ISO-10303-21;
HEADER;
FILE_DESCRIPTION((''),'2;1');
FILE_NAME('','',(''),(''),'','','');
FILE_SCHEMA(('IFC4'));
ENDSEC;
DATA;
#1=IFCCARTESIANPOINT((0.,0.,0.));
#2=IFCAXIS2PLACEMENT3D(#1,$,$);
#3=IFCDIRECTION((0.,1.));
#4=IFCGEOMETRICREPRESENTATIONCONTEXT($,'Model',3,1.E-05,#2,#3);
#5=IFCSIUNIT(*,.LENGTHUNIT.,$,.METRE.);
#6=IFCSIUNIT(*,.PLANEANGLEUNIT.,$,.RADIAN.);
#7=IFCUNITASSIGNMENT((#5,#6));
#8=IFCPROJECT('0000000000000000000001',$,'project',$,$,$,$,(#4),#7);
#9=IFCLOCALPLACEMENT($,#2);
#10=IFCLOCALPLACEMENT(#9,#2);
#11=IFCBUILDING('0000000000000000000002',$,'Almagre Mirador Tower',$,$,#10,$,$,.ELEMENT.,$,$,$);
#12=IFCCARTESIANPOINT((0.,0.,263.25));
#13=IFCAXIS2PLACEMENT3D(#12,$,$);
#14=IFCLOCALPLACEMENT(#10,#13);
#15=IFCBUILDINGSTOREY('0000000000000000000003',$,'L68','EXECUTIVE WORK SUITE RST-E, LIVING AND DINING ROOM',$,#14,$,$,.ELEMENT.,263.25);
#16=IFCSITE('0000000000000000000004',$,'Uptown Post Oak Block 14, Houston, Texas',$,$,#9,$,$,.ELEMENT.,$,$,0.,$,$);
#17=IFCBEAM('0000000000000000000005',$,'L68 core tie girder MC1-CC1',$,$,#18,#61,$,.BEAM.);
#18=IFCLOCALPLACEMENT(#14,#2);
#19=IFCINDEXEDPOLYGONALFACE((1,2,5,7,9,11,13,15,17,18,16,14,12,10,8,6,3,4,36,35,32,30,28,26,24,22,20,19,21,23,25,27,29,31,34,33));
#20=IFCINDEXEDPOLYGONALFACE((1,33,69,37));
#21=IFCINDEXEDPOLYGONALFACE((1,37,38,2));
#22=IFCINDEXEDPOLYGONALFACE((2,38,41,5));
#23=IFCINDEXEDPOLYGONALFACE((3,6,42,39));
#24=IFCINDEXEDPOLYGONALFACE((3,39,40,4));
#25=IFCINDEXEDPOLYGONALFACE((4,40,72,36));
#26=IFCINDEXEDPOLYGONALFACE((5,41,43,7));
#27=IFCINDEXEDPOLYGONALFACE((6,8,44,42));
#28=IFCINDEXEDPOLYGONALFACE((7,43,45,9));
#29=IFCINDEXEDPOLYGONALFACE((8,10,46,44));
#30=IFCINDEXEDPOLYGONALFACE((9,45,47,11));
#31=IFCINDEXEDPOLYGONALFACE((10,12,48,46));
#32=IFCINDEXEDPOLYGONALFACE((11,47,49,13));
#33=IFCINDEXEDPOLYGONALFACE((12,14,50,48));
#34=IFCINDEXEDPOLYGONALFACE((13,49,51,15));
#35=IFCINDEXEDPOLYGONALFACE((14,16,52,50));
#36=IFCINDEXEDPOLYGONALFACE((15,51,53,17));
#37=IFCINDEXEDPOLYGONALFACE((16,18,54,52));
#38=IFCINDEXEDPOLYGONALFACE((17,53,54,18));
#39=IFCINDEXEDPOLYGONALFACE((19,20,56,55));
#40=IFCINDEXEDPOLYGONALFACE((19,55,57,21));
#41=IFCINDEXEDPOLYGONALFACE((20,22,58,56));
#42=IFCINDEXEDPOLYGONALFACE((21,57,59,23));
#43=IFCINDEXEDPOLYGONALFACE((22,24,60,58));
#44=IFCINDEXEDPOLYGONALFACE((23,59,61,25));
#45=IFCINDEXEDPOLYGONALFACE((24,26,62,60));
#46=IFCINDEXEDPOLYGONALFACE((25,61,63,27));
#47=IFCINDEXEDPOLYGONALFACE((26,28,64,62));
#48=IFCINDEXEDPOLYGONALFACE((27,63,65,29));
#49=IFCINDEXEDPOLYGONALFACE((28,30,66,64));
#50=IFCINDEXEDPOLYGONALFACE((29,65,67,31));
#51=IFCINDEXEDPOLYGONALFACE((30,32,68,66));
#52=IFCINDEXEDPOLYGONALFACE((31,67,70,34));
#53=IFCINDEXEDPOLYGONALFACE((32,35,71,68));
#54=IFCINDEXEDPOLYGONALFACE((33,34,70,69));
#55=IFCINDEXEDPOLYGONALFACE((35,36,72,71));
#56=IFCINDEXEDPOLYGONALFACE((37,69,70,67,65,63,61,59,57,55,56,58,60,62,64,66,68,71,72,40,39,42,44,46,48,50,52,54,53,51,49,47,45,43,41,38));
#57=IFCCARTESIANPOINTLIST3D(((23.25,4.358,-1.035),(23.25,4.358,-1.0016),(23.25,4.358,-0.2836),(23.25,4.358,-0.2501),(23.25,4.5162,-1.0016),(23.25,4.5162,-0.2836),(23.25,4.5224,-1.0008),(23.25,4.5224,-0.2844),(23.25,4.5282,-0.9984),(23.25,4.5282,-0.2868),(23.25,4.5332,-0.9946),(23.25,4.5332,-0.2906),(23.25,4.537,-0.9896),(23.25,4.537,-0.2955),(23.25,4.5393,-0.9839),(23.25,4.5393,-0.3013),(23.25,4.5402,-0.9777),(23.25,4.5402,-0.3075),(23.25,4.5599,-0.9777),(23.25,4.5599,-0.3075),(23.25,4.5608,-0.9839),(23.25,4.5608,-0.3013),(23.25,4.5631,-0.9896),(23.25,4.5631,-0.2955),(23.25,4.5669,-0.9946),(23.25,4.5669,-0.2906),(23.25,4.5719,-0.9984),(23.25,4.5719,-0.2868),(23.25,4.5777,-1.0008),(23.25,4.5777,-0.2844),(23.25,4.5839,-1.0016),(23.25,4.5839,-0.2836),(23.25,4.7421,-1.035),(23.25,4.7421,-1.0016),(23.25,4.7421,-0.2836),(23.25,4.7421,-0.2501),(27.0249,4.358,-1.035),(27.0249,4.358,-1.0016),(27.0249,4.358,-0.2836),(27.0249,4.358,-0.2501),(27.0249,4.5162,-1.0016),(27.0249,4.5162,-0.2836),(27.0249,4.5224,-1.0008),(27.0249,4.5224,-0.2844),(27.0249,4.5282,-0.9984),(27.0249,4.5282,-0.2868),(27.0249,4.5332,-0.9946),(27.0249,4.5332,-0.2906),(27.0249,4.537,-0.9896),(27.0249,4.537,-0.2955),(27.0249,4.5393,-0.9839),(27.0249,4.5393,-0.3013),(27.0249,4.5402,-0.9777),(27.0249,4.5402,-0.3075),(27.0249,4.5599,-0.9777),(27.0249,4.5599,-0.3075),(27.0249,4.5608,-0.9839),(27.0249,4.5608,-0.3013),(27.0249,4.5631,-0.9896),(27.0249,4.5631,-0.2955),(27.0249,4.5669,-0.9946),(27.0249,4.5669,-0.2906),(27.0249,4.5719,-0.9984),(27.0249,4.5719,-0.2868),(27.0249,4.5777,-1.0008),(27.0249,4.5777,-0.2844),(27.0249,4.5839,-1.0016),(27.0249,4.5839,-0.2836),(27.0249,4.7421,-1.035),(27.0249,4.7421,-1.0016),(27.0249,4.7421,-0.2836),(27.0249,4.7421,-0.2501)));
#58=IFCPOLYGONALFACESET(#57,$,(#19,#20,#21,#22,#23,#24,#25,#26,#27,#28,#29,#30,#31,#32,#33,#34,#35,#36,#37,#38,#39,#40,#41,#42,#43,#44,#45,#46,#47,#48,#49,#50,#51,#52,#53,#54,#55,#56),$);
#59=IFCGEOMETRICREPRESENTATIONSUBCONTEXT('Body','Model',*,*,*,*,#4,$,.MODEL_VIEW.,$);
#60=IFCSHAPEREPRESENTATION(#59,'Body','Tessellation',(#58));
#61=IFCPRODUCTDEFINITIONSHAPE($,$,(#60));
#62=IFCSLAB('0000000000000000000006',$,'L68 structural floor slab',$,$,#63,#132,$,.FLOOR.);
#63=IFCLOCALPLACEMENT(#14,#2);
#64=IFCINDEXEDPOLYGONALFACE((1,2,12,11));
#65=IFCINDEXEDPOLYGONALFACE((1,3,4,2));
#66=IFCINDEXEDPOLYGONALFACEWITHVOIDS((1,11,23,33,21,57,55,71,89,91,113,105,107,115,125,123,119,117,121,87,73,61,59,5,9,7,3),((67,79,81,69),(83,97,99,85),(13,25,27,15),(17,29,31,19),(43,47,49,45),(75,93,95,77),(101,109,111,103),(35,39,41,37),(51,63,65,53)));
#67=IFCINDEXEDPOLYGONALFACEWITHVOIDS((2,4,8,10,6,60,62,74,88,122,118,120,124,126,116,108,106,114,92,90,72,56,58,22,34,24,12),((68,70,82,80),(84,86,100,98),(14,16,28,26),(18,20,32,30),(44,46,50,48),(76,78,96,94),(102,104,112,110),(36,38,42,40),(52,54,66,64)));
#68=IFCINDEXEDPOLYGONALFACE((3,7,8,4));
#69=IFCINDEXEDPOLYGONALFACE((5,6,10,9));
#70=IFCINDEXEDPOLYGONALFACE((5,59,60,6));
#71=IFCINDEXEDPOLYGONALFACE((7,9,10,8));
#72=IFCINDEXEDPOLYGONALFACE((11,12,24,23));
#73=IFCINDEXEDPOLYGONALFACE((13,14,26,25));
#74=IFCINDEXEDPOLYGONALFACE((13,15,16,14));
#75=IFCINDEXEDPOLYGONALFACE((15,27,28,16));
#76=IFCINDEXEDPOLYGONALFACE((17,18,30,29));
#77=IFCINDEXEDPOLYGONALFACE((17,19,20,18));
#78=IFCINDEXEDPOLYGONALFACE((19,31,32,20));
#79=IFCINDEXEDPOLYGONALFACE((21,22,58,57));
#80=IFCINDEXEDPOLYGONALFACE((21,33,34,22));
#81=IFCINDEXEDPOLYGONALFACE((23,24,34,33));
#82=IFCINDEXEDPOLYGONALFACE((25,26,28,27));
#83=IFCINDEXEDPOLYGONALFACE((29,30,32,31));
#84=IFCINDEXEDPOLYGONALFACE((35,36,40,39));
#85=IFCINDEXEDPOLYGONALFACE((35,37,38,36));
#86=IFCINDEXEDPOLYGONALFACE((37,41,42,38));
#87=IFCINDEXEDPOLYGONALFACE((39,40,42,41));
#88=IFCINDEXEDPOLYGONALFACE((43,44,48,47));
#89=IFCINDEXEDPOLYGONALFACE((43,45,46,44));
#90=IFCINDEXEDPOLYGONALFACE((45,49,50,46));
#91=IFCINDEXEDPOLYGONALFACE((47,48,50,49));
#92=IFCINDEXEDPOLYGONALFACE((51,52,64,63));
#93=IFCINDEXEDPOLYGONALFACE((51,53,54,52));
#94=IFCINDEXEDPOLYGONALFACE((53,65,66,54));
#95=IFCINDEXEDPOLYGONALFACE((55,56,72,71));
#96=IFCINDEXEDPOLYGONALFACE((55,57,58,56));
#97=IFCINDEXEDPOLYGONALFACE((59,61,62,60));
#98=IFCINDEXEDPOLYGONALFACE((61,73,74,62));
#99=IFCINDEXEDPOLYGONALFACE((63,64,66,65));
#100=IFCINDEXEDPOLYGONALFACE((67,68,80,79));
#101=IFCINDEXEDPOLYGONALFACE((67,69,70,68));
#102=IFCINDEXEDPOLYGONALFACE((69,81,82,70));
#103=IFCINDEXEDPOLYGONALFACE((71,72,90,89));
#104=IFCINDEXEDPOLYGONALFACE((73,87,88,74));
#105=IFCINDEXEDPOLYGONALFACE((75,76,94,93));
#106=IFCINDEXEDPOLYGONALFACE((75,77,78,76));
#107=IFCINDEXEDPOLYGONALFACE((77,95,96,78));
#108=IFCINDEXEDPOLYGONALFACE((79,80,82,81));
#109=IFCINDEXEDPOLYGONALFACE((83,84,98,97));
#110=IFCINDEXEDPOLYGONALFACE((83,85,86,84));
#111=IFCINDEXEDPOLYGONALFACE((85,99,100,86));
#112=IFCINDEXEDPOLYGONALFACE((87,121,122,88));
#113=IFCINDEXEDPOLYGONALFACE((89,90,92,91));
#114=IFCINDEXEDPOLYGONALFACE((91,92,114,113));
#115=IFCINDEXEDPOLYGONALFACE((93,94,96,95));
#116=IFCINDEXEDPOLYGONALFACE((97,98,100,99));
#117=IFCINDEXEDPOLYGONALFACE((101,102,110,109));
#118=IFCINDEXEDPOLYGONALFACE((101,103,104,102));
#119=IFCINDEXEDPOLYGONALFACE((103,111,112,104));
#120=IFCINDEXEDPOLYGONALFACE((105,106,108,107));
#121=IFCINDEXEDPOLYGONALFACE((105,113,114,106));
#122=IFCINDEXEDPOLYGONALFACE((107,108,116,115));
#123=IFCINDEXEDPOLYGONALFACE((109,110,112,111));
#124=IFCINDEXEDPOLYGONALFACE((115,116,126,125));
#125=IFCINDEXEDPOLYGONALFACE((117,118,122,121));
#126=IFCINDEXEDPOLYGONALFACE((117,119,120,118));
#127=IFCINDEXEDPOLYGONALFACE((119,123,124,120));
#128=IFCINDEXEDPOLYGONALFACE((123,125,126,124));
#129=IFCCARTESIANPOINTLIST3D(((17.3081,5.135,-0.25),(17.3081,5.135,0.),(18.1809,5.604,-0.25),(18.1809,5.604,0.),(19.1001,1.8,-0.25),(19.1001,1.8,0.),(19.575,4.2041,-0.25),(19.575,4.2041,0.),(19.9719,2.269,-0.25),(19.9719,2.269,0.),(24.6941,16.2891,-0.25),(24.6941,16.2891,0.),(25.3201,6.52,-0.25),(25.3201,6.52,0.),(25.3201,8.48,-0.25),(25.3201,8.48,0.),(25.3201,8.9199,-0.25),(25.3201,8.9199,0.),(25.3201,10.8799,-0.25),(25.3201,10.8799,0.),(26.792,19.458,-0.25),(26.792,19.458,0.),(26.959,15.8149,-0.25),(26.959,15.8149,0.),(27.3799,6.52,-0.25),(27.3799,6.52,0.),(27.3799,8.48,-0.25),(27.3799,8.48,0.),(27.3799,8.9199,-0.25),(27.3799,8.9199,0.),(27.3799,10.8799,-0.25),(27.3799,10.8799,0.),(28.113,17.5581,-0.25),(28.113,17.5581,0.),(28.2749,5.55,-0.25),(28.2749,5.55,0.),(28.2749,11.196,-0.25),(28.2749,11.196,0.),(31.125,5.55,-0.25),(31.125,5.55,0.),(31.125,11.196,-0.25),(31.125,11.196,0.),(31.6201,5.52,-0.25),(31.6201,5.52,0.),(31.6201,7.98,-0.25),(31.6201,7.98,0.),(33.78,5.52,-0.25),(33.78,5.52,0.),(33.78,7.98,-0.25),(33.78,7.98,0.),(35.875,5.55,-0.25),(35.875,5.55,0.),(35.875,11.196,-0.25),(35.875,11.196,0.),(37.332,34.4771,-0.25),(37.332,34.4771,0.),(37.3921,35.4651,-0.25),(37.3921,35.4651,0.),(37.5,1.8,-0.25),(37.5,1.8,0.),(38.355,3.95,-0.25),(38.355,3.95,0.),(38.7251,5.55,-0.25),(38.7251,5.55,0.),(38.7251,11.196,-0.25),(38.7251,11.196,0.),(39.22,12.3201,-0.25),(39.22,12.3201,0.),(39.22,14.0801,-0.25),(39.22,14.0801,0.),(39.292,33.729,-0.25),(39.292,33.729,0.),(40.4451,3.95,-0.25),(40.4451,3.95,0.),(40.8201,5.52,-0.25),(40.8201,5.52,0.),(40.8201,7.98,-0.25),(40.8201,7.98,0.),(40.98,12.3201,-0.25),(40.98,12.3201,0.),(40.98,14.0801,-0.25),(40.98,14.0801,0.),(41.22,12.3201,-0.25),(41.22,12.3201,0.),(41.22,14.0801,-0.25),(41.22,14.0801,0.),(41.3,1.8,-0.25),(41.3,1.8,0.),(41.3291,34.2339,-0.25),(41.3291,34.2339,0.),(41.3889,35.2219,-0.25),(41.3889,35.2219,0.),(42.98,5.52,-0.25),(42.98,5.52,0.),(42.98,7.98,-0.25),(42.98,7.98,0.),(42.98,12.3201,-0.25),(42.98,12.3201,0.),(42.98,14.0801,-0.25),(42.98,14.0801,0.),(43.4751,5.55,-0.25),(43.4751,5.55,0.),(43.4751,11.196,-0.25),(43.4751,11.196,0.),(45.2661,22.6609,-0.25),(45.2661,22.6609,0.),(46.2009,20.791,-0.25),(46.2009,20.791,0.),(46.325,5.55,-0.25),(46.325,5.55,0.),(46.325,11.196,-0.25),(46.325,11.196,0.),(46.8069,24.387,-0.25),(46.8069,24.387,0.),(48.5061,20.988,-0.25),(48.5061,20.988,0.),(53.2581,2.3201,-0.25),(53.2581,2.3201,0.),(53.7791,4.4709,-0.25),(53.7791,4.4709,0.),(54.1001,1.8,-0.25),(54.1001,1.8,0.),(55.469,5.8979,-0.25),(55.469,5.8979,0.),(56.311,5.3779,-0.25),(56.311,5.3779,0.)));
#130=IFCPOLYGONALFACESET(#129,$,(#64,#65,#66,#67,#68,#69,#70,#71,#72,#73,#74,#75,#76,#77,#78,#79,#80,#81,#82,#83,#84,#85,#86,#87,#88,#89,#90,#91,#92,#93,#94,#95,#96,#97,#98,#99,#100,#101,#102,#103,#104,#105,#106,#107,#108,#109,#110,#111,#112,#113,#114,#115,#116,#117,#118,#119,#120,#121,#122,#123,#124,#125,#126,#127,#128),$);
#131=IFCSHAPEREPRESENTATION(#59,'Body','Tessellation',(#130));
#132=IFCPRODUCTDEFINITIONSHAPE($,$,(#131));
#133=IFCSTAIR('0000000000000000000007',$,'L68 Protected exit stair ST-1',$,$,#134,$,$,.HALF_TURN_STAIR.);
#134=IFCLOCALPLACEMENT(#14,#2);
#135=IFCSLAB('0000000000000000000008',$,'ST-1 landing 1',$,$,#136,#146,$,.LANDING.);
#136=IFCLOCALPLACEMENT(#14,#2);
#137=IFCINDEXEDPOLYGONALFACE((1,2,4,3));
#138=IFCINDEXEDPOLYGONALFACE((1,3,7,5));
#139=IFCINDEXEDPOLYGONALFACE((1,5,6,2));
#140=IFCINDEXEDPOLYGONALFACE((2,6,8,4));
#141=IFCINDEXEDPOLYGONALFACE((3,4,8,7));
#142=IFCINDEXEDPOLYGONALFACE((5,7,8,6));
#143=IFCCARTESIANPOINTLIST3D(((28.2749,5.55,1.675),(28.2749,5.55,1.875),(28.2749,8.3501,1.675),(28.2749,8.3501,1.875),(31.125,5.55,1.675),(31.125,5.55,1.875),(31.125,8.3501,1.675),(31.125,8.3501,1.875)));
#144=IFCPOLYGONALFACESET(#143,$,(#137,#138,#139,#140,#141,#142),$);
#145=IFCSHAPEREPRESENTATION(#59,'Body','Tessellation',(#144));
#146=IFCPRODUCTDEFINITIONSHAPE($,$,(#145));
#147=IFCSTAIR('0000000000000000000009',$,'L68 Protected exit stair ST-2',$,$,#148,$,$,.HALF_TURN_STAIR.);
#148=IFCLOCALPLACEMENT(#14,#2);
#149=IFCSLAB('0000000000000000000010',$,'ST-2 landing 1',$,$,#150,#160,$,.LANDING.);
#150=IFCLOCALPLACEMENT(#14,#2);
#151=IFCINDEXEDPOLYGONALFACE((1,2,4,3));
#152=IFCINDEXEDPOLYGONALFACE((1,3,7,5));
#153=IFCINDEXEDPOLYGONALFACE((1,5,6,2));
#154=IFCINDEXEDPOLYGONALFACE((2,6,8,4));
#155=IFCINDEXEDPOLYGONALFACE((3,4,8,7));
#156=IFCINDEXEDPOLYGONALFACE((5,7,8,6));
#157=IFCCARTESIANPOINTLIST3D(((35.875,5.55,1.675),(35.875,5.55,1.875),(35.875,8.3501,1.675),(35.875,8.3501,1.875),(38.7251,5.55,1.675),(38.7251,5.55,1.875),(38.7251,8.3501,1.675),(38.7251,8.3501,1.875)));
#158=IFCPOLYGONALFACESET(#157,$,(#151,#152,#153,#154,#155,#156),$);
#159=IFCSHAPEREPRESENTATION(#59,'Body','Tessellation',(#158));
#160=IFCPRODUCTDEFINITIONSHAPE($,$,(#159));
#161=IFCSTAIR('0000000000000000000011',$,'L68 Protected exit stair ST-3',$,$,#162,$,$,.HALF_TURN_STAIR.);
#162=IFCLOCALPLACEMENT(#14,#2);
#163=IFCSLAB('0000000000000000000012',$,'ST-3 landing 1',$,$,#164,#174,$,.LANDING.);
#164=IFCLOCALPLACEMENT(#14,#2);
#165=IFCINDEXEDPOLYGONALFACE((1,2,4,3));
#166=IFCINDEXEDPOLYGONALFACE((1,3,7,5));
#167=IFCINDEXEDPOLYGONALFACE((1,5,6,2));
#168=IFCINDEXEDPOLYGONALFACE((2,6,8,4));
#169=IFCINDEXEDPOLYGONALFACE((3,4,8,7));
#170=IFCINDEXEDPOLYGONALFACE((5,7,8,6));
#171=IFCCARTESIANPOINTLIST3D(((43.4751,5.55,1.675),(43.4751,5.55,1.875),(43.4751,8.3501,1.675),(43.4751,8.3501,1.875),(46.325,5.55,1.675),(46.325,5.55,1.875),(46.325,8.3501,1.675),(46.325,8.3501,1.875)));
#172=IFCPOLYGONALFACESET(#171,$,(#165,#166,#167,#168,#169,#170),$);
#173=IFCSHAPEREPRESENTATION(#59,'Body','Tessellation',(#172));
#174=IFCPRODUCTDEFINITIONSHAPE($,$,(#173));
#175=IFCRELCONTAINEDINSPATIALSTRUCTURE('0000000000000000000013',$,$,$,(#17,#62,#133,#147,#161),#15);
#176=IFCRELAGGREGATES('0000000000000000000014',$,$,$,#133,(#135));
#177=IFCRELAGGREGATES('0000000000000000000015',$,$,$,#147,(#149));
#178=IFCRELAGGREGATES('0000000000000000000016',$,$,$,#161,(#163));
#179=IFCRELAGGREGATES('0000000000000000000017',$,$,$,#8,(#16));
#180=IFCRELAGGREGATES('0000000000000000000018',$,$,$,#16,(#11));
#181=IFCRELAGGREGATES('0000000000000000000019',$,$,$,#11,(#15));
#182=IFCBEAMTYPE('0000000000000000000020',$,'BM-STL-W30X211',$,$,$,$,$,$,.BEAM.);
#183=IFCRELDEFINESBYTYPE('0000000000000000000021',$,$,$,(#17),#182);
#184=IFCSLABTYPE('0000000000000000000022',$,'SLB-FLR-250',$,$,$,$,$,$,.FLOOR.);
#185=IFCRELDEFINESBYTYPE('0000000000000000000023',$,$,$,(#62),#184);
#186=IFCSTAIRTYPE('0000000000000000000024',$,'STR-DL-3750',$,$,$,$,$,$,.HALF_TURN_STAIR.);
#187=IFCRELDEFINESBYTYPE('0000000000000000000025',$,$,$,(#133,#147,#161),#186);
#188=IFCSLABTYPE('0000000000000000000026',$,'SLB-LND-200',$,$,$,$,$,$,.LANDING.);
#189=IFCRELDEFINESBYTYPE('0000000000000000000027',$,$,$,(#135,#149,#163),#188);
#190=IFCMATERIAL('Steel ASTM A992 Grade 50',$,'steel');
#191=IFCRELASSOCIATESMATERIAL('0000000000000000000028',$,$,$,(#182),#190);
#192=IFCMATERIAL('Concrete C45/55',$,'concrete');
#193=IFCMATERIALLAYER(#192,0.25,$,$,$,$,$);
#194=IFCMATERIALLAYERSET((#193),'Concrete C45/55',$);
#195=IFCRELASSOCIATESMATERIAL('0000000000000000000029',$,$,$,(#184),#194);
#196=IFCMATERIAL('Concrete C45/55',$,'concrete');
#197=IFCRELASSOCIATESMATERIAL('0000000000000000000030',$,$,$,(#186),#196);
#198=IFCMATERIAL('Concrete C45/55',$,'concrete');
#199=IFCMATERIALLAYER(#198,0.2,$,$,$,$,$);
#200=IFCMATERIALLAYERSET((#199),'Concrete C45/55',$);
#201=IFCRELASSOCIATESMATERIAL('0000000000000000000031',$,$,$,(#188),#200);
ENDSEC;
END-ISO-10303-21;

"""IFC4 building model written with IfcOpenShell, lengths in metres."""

from ifc_helpers import new_model, si_unit, direction, frame, origin, origin_2d, place, context, subcontext, project, spatial, polyline, i_section, outline, extrude, material, layer, layer_set, material_profile, profile_set, type_object, element, aggregate, save


model = new_model("IFC4")

# Units and contexts
model_context = context("Model", 3, precision=1e-05, world=origin(), true_north=direction((0.0, 1.0)))
body_context = subcontext(model_context, "Body", "Model", "MODEL_VIEW")
ifc_project = project(units=[si_unit("LENGTHUNIT", "METRE"), si_unit("PLANEANGLEUNIT", "RADIAN")], contexts=[model_context])

# Site, building, storey
site_placement = place(None, origin())
site = spatial("IfcSite", under=ifc_project, at=site_placement, Name="Uptown Post Oak Block 14, Houston, Texas", CompositionType="ELEMENT", RefElevation=0.0)
building_placement = place(site_placement, origin())
building = spatial("IfcBuilding", under=site, at=building_placement, Name="Almagre Mirador Tower", CompositionType="ELEMENT")
storey_placement = place(building_placement, frame((0.0, 0.0, 263.25)))
storey = spatial("IfcBuildingStorey", under=building, at=storey_placement, Name="L68", Description="EXECUTIVE WORK SUITE RST-E, LIVING AND DINING ROOM", CompositionType="ELEMENT", Elevation=263.25)

# Beam
ifc_material_1 = material(Name="Steel ASTM A992 Grade 50", Category="steel")
ifc_material_profile_1 = material_profile(ifc_material_1, i_section(OverallWidth=0.384, OverallDepth=0.7849, WebThickness=0.0198, FlangeThickness=0.0334, FilletRadius=0.0239, at=origin_2d()), Name="W30X211")
ifc_profile_set_1 = profile_set([ifc_material_profile_1], Name="Steel ASTM A992 Grade 50")
beam_type_1 = type_object("IfcBeamType", Name="BM-STL-W30X211", PredefinedType="BEAM", material=ifc_profile_set_1)
beam_1_placement = place(storey_placement, frame((23.25, 4.55, -0.6426), z_axis=(1.0, 0.0, 0.0), x_axis=(0.0, 1.0, 0.0)))
element("IfcBeam", 1, at=beam_1_placement, inside=storey, type_object=beam_type_1, Name="L68 core tie girder MC1-CC1", PredefinedType="BEAM", context=body_context, shape_type="SweptSolid", body=[
    extrude(i_section(OverallWidth=0.384, OverallDepth=0.7849, WebThickness=0.0198, FlangeThickness=0.0334, FilletRadius=0.0239, at=origin_2d()), origin(), (0.0, 0.0, 1.0), 3.7749),
])

# Slab
ifc_material_2 = material(Name="Concrete C45/55", Category="concrete")
ifc_layer_1 = layer(ifc_material_2, 0.25)
ifc_layer_set_1 = layer_set([ifc_layer_1], Name="Concrete C45/55")
slab_type_1 = type_object("IfcSlabType", Name="SLB-FLR-250", PredefinedType="FLOOR", material=ifc_layer_set_1)
slab_1_placement = place(storey_placement, frame((0.0, 0.0, -0.25)))
element("IfcSlab", 2, at=slab_1_placement, inside=storey, type_object=slab_type_1, Name="L68 structural floor slab", PredefinedType="FLOOR", context=body_context, shape_type="SweptSolid", body=[
    extrude(outline(polyline([(17.3081, 5.135), (18.1809, 5.604), (19.575, 4.2041), (19.9719, 2.269), (19.1001, 1.8), (37.5, 1.8), (38.355, 3.95), (40.4451, 3.95), (41.3, 1.8), (54.1001, 1.8), (53.2581, 2.3201), (53.7791, 4.4709), (55.469, 5.8979), (56.311, 5.3779), (48.5061, 20.988), (46.2009, 20.791), (45.2661, 22.6609), (46.8069, 24.387), (41.3889, 35.2219), (41.3291, 34.2339), (39.292, 33.729), (37.332, 34.4771), (37.3921, 35.4651), (26.792, 19.458), (28.113, 17.5581), (26.959, 15.8149), (24.6941, 16.2891), (17.3081, 5.135)]), holes=[polyline([(43.4751, 5.55), (43.4751, 11.196), (46.325, 11.196), (46.325, 5.55), (43.4751, 5.55)]), polyline([(41.22, 12.3201), (41.22, 14.0801), (42.98, 14.0801), (42.98, 12.3201), (41.22, 12.3201)]), polyline([(42.98, 5.52), (40.8201, 5.52), (40.8201, 7.98), (42.98, 7.98), (42.98, 5.52)]), polyline([(39.22, 12.3201), (39.22, 14.0801), (40.98, 14.0801), (40.98, 12.3201), (39.22, 12.3201)]), polyline([(35.875, 5.55), (35.875, 11.196), (38.7251, 11.196), (38.7251, 5.55), (35.875, 5.55)]), polyline([(33.78, 5.52), (31.6201, 5.52), (31.6201, 7.98), (33.78, 7.98), (33.78, 5.52)]), polyline([(28.2749, 5.55), (28.2749, 11.196), (31.125, 11.196), (31.125, 5.55), (28.2749, 5.55)]), polyline([(27.3799, 6.52), (25.3201, 6.52), (25.3201, 8.48), (27.3799, 8.48), (27.3799, 6.52)]), polyline([(27.3799, 8.9199), (25.3201, 8.9199), (25.3201, 10.8799), (27.3799, 10.8799), (27.3799, 8.9199)])]), origin(), (0.0, 0.0, 1.0), 0.25),
])

# Stairs, slabs
ifc_material_3 = material(Name="Concrete C45/55", Category="concrete")
stair_type = type_object("IfcStairType", Name="STR-DL-3750", PredefinedType="HALF_TURN_STAIR", material=ifc_material_3)
stair_1_placement = place(storey_placement, origin())
stair_1 = element("IfcStair", 3, at=stair_1_placement, inside=storey, type_object=stair_type, Name="L68 Protected exit stair ST-1", PredefinedType="HALF_TURN_STAIR")
ifc_material_4 = material(Name="Concrete C45/55", Category="concrete")
ifc_layer_2 = layer(ifc_material_4, 0.2)
ifc_layer_set_2 = layer_set([ifc_layer_2], Name="Concrete C45/55")
slab_type_2 = type_object("IfcSlabType", Name="SLB-LND-200", PredefinedType="LANDING", material=ifc_layer_set_2)
slab_2_placement = place(storey_placement, frame((0.0, 0.0, 1.675)))
slab_2 = element("IfcSlab", 4, at=slab_2_placement, type_object=slab_type_2, Name="ST-1 landing 1", PredefinedType="LANDING", context=body_context, shape_type="SweptSolid", body=[
    extrude(outline(polyline([(28.2749, 8.3501), (28.2749, 5.55), (31.125, 5.55), (31.125, 8.3501), (28.2749, 8.3501)])), origin(), (0.0, 0.0, 1.0), 0.2),
])
aggregate(stair_1, [slab_2])
stair_2_placement = place(storey_placement, origin())
stair_2 = element("IfcStair", 5, at=stair_2_placement, inside=storey, type_object=stair_type, Name="L68 Protected exit stair ST-2", PredefinedType="HALF_TURN_STAIR")
slab_3_placement = place(storey_placement, frame((0.0, 0.0, 1.675)))
slab_3 = element("IfcSlab", 6, at=slab_3_placement, type_object=slab_type_2, Name="ST-2 landing 1", PredefinedType="LANDING", context=body_context, shape_type="SweptSolid", body=[
    extrude(outline(polyline([(35.875, 8.3501), (35.875, 5.55), (38.7251, 5.55), (38.7251, 8.3501), (35.875, 8.3501)])), origin(), (0.0, 0.0, 1.0), 0.2),
])
aggregate(stair_2, [slab_3])
stair_3_placement = place(storey_placement, origin())
stair_3 = element("IfcStair", 7, at=stair_3_placement, inside=storey, type_object=stair_type, Name="L68 Protected exit stair ST-3", PredefinedType="HALF_TURN_STAIR")
slab_4_placement = place(storey_placement, frame((0.0, 0.0, 1.675)))
slab_4 = element("IfcSlab", 8, at=slab_4_placement, type_object=slab_type_2, Name="ST-3 landing 1", PredefinedType="LANDING", context=body_context, shape_type="SweptSolid", body=[
    extrude(outline(polyline([(43.4751, 8.3501), (43.4751, 5.55), (46.325, 5.55), (46.325, 8.3501), (43.4751, 8.3501)])), origin(), (0.0, 0.0, 1.0), 0.2),
])
aggregate(stair_3, [slab_4])

save(model, "model.ifc")
